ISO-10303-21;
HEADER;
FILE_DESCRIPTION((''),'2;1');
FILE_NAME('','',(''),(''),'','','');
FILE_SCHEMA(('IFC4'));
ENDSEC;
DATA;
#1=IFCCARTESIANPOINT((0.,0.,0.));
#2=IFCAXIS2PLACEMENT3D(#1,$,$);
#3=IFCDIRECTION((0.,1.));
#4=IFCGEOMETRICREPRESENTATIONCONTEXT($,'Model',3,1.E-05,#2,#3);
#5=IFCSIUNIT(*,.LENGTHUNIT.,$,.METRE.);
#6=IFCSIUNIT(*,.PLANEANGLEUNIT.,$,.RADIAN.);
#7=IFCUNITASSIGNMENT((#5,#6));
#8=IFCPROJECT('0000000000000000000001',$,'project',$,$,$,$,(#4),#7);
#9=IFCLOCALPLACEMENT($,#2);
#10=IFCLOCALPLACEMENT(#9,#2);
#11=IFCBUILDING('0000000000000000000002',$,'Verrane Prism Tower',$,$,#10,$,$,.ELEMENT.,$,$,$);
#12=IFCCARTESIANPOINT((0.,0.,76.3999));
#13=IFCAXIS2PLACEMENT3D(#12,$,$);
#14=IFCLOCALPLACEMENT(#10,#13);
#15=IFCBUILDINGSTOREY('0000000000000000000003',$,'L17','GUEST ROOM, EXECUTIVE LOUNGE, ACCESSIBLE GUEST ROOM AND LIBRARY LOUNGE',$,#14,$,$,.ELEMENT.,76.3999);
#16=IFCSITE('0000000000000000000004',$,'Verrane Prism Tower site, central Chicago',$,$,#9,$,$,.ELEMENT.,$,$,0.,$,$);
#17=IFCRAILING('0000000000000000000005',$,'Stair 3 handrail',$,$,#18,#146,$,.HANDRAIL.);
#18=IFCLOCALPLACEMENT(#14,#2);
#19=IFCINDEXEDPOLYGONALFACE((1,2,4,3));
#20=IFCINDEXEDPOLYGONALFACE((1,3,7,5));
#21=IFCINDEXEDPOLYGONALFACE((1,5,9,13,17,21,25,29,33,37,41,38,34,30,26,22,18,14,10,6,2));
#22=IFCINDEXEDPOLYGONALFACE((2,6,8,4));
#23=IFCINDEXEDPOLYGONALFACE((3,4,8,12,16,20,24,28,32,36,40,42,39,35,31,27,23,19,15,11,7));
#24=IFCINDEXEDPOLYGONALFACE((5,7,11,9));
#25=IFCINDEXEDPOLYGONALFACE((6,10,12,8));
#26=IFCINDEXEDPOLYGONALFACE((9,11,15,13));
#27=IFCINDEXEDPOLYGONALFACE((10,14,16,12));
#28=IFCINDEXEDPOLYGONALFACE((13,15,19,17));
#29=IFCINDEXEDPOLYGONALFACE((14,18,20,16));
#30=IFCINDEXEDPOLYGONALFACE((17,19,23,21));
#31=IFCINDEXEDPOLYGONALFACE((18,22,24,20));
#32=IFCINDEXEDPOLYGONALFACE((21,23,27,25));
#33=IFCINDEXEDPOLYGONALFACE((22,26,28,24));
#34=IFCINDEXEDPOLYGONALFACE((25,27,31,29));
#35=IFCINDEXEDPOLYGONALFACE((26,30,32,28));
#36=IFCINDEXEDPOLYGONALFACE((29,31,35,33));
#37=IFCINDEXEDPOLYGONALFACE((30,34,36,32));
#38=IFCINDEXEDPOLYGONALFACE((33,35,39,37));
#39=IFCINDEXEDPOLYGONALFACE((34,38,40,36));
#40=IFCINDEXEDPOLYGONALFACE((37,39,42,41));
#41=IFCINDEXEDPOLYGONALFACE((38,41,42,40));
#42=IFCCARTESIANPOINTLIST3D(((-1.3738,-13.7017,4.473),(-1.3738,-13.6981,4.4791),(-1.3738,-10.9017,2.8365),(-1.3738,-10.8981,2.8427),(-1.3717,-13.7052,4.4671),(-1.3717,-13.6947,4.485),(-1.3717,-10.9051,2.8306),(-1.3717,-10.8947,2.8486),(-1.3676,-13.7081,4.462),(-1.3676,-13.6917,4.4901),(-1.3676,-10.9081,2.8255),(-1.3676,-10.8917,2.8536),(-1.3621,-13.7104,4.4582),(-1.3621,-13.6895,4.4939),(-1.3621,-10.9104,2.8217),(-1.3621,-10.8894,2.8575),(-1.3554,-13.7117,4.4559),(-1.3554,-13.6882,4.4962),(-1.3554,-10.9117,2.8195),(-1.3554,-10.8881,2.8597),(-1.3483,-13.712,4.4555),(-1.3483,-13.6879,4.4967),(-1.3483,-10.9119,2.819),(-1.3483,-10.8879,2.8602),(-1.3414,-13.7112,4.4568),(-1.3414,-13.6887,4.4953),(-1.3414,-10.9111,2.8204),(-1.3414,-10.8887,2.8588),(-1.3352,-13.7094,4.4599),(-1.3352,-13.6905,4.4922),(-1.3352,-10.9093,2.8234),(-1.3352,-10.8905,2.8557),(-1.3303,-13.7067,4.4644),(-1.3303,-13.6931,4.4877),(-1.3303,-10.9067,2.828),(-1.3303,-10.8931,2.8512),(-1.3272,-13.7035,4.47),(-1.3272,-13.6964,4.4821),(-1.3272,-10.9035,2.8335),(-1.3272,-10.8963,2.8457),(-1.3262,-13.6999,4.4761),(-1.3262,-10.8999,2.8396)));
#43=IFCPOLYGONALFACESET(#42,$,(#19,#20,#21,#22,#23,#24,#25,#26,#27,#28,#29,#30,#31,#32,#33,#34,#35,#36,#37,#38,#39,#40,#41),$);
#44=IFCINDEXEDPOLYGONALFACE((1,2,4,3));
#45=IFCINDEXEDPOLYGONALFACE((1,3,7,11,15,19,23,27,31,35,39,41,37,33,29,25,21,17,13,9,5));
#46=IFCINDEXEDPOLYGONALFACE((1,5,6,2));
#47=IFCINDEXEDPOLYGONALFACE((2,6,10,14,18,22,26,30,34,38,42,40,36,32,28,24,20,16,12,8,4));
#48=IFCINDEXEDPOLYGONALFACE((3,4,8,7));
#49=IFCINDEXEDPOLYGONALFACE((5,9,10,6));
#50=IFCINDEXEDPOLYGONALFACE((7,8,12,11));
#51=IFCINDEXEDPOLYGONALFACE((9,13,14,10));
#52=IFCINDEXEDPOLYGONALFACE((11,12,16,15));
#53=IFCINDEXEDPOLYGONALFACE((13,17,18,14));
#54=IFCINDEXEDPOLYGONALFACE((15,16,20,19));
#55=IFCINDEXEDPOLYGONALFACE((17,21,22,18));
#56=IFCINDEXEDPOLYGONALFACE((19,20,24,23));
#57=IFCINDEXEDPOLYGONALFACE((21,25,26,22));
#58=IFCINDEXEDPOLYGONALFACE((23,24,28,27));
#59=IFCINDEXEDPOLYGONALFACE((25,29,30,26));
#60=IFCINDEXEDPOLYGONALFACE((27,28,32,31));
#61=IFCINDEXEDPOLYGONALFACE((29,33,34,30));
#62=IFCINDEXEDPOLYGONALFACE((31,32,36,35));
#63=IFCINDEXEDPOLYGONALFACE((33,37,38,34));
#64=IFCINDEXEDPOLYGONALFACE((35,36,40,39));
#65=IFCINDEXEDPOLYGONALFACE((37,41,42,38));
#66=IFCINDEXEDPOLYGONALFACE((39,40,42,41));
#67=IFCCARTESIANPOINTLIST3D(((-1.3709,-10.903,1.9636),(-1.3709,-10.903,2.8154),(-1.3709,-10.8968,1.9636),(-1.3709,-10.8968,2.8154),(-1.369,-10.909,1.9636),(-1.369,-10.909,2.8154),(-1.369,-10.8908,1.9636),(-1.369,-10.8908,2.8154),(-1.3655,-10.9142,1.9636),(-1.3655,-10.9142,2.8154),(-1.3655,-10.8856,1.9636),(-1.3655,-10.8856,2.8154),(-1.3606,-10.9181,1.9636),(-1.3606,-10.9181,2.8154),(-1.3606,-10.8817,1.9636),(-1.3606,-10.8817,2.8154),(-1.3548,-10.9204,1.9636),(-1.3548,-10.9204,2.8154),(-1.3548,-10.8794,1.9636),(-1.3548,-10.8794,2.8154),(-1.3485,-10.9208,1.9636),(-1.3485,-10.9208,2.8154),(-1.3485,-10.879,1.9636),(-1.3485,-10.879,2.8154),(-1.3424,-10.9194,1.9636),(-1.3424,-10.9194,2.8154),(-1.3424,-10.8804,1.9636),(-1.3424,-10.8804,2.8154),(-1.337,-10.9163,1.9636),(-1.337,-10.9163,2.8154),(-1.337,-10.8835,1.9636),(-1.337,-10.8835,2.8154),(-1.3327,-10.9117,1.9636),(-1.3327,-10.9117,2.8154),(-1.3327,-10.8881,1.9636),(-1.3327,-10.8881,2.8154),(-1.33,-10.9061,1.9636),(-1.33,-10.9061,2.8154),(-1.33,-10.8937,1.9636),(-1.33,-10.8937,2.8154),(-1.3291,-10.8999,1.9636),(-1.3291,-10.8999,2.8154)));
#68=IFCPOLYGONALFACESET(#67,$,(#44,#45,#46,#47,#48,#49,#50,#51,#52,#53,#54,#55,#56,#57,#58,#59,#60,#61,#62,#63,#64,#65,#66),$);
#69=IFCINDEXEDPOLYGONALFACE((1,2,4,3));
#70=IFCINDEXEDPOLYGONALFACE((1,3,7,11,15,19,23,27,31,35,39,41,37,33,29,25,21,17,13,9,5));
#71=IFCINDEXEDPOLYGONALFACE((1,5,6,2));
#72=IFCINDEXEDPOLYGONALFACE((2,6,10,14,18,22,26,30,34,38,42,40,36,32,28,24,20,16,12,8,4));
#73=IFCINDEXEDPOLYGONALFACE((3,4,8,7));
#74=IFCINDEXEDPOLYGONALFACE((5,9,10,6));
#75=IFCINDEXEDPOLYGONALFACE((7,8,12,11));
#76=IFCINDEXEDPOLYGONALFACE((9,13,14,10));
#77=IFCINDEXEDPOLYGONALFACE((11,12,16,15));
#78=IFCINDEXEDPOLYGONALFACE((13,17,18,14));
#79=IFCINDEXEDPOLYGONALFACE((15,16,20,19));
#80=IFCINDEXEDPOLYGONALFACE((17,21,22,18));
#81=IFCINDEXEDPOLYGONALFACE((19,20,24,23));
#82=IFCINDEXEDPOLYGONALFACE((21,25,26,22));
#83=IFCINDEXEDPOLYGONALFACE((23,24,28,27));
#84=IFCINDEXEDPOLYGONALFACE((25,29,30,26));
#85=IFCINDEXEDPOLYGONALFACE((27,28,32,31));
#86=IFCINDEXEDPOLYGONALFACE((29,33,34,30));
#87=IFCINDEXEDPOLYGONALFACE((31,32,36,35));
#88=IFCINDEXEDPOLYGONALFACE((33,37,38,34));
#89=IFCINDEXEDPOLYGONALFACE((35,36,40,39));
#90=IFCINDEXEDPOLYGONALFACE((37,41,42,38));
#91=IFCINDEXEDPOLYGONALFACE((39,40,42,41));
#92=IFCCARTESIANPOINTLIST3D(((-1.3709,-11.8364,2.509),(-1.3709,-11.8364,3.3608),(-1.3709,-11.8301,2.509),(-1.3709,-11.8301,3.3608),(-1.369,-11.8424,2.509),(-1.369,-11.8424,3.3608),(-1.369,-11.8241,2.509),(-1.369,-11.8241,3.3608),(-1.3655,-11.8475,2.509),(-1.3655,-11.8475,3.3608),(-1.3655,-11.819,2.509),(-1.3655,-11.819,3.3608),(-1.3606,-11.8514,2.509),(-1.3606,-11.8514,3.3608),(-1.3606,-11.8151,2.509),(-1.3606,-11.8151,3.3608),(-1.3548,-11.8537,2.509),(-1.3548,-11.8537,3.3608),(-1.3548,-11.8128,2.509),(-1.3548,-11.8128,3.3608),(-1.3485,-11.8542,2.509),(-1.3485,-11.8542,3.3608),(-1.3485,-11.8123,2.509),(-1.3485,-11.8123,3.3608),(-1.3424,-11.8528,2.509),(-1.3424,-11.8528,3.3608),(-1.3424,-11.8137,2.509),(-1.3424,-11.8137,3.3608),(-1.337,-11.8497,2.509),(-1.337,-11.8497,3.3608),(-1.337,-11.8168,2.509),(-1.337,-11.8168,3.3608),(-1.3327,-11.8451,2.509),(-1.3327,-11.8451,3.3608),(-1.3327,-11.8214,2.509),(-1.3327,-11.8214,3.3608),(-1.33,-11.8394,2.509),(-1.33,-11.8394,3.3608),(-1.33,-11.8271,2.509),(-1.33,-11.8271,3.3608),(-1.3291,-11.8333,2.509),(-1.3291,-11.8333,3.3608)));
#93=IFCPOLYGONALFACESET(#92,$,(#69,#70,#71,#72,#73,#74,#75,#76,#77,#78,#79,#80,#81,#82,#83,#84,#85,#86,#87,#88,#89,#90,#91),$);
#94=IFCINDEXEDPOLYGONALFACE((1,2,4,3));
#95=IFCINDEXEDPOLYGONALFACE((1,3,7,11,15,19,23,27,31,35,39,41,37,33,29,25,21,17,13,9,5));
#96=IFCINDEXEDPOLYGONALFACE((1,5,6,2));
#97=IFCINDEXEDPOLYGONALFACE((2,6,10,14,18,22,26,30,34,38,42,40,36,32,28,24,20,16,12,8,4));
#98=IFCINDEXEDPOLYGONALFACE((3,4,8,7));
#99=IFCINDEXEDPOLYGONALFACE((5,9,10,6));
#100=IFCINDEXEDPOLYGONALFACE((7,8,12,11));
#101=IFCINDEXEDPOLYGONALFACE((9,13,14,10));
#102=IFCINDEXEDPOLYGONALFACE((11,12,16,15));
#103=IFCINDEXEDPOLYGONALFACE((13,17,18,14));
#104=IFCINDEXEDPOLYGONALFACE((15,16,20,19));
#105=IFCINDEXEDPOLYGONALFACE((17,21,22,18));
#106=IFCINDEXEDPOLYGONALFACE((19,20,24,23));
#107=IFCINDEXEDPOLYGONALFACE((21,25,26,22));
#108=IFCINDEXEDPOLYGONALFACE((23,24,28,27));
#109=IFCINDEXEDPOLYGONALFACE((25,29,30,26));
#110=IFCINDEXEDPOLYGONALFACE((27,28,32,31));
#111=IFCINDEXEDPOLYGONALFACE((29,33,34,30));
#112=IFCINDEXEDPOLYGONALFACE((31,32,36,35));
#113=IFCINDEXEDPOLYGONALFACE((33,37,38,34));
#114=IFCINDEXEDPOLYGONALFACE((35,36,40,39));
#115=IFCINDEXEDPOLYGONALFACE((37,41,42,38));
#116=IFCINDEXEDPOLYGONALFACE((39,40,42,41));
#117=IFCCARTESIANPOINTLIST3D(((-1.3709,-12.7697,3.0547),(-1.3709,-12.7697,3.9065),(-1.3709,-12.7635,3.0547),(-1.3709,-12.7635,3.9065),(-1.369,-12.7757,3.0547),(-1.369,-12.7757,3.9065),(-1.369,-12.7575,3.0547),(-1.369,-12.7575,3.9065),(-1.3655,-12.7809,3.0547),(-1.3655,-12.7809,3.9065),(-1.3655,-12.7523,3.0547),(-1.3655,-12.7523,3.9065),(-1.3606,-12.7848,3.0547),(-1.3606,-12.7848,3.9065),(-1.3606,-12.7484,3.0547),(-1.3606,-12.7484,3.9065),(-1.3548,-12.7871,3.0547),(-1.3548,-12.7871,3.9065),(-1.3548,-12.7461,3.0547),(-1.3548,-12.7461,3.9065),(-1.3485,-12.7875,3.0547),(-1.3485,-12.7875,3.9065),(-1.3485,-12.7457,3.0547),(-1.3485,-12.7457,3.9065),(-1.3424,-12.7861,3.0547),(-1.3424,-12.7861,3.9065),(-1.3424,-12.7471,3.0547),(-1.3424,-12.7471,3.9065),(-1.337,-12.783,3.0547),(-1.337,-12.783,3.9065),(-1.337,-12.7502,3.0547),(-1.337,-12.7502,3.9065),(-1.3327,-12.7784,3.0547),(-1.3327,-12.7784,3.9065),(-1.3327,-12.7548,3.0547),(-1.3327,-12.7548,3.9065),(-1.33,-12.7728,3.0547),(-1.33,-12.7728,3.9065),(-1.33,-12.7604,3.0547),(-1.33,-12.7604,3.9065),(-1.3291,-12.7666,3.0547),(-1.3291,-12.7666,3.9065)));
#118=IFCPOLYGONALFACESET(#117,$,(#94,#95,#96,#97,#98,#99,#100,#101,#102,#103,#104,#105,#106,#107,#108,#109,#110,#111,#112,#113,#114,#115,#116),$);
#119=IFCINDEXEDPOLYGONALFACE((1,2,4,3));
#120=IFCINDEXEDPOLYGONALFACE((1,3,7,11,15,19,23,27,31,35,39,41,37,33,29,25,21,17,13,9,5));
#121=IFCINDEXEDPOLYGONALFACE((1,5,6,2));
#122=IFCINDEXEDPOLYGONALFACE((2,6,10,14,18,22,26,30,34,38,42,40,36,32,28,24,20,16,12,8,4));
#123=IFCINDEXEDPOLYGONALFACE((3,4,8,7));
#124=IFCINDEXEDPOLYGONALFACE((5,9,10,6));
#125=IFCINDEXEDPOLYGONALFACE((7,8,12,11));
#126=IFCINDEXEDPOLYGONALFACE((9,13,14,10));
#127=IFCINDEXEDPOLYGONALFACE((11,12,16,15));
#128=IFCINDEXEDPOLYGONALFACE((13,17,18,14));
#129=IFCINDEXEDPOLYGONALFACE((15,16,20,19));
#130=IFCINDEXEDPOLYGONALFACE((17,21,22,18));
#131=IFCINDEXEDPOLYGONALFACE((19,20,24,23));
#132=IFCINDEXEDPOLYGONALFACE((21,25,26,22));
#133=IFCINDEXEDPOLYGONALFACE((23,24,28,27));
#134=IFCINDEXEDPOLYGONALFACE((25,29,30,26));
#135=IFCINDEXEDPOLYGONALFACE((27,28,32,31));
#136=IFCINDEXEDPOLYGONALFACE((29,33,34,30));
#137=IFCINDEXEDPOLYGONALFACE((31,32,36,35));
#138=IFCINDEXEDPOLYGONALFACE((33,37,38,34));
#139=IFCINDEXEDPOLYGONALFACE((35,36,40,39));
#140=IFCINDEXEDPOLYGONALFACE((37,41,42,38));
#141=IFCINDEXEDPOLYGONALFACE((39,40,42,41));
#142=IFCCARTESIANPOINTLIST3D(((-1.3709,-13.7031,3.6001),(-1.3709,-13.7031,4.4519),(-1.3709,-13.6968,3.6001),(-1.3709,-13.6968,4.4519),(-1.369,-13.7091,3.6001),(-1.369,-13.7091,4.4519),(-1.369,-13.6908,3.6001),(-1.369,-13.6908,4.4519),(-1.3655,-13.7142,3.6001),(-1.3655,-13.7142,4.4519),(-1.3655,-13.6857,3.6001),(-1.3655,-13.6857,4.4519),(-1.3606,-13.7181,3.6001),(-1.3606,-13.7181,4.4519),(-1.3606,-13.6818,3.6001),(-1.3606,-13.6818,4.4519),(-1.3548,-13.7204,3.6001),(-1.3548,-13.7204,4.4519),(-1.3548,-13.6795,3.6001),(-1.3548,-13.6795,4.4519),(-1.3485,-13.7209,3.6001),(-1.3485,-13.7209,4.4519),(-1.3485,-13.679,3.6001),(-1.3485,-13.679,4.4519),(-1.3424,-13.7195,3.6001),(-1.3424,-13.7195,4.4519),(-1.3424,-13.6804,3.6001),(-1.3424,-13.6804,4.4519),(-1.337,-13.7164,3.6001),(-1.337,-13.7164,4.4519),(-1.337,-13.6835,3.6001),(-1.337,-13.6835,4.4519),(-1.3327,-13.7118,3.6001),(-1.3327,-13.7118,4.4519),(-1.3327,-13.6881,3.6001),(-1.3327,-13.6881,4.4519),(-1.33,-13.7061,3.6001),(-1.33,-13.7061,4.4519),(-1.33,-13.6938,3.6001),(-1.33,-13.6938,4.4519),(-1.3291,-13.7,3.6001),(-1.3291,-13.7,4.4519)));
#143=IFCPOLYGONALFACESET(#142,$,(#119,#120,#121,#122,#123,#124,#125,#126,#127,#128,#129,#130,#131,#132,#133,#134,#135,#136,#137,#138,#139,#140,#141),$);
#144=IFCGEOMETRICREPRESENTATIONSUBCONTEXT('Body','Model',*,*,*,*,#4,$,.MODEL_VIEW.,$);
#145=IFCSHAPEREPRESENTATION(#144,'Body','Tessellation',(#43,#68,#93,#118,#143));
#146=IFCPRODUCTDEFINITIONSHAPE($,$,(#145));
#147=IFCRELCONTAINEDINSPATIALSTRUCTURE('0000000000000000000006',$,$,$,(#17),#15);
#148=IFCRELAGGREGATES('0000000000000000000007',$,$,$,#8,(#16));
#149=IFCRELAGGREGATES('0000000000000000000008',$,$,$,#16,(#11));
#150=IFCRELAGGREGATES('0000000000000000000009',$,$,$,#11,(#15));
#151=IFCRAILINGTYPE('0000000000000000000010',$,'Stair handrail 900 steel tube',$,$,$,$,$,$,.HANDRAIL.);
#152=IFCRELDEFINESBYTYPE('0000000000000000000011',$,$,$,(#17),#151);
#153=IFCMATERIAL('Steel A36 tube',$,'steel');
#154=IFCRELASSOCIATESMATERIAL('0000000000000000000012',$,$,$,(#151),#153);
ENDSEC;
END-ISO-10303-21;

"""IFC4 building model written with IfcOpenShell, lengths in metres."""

from ifc_helpers import new_model, si_unit, direction, frame, origin, origin_2d, place, context, subcontext, project, spatial, circle, extrude, material, type_object, element, save


model = new_model("IFC4")

# Units and contexts
model_context = context("Model", 3, precision=1e-05, world=origin(), true_north=direction((0.0, 1.0)))
body_context = subcontext(model_context, "Body", "Model", "MODEL_VIEW")
ifc_project = project(units=[si_unit("LENGTHUNIT", "METRE"), si_unit("PLANEANGLEUNIT", "RADIAN")], contexts=[model_context])

# Site, building, storey
site_placement = place(None, origin())
site = spatial("IfcSite", under=ifc_project, at=site_placement, Name="Verrane Prism Tower site, central Chicago", CompositionType="ELEMENT", RefElevation=0.0)
building_placement = place(site_placement, origin())
building = spatial("IfcBuilding", under=site, at=building_placement, Name="Verrane Prism Tower", CompositionType="ELEMENT")
storey_placement = place(building_placement, frame((0.0, 0.0, 76.3999)))
storey = spatial("IfcBuildingStorey", under=building, at=storey_placement, Name="L17", Description="GUEST ROOM, EXECUTIVE LOUNGE, ACCESSIBLE GUEST ROOM AND LIBRARY LOUNGE", CompositionType="ELEMENT", Elevation=76.3999)

# Railing
ifc_material_1 = material(Name="Steel A36 tube", Category="steel")
railing_type = type_object("IfcRailingType", Name="Stair handrail 900 steel tube", PredefinedType="HANDRAIL", material=ifc_material_1)
railing_placement = place(storey_placement, frame((-1.3501, -10.8999, 1.9636)))
element("IfcRailing", 1, at=railing_placement, inside=storey, type_object=railing_type, Name="Stair 3 handrail", PredefinedType="HANDRAIL", context=body_context, shape_type="SweptSolid", body=[
    extrude(circle(Radius=0.0239, at=origin_2d()), frame((0.0, 0.0, 0.876), z_axis=(0.0, -0.863361, 0.504587), x_axis=(1.0, 0.0, 0.0)), (0.0, 0.0, 1.0), 3.2432),
    extrude(circle(Radius=0.021, at=origin_2d()), origin(), (0.0, 0.0, 1.0), 0.8518),
    extrude(circle(Radius=0.021, at=origin_2d()), frame((0.0, -0.9333, 0.5454)), (0.0, 0.0, 1.0), 0.8518),
    extrude(circle(Radius=0.021, at=origin_2d()), frame((0.0, -1.8667, 1.0911)), (0.0, 0.0, 1.0), 0.8518),
    extrude(circle(Radius=0.021, at=origin_2d()), frame((0.0, -2.8, 1.6365)), (0.0, 0.0, 1.0), 0.8518),
])

save(model, "model.ifc")
